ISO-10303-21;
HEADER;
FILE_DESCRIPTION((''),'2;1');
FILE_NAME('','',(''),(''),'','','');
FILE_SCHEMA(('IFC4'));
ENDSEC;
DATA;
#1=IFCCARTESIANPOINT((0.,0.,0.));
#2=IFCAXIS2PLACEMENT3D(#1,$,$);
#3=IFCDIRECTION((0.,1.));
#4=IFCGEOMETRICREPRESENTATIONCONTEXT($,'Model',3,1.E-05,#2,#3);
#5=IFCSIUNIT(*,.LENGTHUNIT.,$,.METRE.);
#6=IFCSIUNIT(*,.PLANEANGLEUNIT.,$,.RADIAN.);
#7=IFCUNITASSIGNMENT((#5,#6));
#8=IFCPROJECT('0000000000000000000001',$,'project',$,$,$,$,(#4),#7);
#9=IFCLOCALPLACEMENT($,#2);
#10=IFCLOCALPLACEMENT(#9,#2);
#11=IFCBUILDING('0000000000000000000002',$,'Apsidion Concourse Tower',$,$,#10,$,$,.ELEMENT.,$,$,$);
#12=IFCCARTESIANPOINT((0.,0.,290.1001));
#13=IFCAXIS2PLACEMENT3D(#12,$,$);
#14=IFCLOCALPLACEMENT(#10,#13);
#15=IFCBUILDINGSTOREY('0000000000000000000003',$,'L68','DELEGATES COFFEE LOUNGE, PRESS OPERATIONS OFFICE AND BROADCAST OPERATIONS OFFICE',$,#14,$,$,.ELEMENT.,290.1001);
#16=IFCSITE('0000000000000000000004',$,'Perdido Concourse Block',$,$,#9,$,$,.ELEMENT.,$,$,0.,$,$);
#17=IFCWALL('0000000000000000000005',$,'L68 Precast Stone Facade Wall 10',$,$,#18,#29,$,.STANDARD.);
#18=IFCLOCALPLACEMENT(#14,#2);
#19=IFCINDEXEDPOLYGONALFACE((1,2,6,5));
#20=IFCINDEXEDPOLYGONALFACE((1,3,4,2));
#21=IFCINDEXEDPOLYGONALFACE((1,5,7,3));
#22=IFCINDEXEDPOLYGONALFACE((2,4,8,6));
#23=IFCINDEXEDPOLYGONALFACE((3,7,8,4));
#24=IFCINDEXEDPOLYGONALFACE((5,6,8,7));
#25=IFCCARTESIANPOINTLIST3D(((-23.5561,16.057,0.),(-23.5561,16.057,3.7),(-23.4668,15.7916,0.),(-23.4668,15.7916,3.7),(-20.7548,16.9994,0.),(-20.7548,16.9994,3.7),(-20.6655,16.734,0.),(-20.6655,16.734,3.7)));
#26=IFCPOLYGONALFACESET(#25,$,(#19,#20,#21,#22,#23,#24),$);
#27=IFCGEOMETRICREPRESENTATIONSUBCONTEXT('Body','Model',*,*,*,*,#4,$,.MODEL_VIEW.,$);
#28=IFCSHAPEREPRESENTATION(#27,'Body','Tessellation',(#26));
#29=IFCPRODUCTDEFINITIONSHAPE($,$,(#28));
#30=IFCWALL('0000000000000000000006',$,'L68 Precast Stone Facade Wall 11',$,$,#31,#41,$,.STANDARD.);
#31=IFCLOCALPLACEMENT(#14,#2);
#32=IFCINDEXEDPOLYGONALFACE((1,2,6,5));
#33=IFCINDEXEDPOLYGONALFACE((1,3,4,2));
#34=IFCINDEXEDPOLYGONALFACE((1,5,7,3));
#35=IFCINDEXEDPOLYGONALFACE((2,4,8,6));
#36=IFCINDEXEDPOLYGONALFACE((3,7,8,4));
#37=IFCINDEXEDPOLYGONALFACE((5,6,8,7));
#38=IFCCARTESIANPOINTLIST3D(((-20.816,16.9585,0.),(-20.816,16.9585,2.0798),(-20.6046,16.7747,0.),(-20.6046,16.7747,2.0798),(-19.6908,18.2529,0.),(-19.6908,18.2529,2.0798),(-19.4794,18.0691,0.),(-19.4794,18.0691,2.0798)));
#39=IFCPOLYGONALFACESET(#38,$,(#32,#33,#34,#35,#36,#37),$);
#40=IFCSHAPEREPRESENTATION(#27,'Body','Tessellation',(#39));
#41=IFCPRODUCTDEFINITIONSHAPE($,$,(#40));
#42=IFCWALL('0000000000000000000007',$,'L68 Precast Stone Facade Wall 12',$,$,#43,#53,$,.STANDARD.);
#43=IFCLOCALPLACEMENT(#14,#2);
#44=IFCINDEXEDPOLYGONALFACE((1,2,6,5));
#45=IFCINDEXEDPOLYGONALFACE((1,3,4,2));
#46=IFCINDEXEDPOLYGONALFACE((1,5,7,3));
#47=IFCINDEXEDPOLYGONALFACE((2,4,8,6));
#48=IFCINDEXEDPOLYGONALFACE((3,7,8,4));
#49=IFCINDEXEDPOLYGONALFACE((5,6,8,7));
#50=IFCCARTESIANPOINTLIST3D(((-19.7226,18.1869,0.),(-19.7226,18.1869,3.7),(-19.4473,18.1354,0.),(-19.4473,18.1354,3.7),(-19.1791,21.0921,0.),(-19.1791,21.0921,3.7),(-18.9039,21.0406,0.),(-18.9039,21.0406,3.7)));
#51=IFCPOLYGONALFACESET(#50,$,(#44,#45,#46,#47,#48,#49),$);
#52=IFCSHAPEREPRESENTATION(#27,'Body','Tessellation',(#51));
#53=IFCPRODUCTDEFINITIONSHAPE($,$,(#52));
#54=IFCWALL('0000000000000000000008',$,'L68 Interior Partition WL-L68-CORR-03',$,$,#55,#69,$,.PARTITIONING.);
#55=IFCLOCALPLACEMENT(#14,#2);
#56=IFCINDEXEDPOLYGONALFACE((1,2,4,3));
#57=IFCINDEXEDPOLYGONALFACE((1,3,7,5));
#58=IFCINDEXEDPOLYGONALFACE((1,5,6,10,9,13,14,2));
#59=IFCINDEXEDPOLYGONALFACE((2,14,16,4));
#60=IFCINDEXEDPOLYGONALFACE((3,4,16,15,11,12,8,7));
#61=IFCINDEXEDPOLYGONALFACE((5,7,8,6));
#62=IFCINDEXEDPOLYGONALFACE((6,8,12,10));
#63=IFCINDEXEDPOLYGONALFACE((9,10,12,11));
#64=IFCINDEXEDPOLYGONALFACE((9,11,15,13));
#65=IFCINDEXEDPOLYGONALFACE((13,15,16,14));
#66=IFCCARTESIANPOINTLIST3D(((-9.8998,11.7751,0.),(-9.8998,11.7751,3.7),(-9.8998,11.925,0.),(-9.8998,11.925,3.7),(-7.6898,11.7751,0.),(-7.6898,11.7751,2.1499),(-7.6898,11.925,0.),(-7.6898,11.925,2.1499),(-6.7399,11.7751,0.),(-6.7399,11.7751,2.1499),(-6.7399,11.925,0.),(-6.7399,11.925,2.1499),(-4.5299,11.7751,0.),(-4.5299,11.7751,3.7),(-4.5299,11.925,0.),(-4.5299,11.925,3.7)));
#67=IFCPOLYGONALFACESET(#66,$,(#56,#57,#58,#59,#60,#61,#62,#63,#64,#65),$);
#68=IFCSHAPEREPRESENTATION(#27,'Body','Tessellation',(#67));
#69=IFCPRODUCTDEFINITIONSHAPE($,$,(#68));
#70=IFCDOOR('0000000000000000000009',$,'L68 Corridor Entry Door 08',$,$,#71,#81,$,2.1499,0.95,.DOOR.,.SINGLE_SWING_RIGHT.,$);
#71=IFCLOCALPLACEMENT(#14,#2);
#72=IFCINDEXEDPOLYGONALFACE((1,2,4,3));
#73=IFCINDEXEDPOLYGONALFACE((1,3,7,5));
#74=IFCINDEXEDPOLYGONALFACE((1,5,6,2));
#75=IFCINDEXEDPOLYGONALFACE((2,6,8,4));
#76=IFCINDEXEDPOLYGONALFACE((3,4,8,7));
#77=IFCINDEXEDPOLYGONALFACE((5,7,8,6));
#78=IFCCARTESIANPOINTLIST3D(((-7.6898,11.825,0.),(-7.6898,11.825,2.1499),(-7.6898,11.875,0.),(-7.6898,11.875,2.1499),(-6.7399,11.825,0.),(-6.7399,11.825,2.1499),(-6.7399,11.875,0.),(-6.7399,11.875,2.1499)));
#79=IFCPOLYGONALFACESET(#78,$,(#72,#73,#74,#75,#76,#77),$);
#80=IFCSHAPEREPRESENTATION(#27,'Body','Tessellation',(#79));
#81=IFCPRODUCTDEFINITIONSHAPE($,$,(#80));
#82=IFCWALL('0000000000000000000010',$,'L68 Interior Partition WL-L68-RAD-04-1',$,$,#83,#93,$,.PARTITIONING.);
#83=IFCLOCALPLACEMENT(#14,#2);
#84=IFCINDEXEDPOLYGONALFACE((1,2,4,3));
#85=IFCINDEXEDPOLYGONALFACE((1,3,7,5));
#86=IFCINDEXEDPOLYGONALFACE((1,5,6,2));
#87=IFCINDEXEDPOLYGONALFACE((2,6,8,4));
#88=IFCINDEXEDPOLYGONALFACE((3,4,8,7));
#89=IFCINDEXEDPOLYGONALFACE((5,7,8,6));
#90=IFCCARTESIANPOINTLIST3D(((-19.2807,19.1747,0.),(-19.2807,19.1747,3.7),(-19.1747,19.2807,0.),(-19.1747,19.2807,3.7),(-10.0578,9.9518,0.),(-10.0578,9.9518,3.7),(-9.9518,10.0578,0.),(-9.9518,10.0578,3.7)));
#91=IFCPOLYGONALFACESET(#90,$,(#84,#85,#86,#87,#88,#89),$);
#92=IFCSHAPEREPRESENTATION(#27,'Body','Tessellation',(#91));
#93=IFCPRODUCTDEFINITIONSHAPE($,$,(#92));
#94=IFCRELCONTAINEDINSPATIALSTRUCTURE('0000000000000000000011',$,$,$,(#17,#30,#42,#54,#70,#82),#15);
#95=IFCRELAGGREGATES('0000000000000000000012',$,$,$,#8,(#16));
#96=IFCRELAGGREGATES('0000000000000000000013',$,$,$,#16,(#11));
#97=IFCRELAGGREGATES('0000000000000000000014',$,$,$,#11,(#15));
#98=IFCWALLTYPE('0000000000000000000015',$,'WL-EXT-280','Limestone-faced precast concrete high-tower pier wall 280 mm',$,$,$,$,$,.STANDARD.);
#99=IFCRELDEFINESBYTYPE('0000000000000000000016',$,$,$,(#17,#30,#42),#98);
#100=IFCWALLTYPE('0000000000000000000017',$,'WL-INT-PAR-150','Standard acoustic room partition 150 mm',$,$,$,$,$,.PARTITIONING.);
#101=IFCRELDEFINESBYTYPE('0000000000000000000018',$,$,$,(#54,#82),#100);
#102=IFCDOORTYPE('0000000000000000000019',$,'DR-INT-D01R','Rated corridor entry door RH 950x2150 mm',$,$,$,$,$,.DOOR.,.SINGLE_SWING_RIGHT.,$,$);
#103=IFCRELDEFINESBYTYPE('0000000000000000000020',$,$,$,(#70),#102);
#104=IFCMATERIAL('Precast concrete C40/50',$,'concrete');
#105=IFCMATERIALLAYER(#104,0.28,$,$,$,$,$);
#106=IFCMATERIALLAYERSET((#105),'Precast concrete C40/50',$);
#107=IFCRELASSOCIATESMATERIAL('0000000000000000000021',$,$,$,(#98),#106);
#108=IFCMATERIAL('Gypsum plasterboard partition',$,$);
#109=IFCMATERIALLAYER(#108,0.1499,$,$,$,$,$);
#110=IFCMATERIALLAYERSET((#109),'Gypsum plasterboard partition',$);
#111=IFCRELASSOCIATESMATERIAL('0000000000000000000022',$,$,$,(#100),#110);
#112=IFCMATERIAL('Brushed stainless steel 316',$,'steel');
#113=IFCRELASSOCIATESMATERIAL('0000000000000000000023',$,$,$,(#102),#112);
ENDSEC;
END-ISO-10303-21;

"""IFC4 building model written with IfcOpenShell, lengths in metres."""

from ifc_helpers import new_model, si_unit, direction, frame, frame_2d, origin, place, context, subcontext, project, spatial, rectangle, extrude, material, layer, layer_set, type_object, element, fill, save


model = new_model("IFC4")

# Units and contexts
model_context = context("Model", 3, precision=1e-05, world=origin(), true_north=direction((0.0, 1.0)))
body_context = subcontext(model_context, "Body", "Model", "MODEL_VIEW")
ifc_project = project(units=[si_unit("LENGTHUNIT", "METRE"), si_unit("PLANEANGLEUNIT", "RADIAN")], contexts=[model_context])

# Site, building, storey
site_placement = place(None, origin())
site = spatial("IfcSite", under=ifc_project, at=site_placement, Name="Perdido Concourse Block", CompositionType="ELEMENT", RefElevation=0.0)
building_placement = place(site_placement, origin())
building = spatial("IfcBuilding", under=site, at=building_placement, Name="Apsidion Concourse Tower", CompositionType="ELEMENT")
storey_placement = place(building_placement, frame((0.0, 0.0, 290.1001)))
storey = spatial("IfcBuildingStorey", under=building, at=storey_placement, Name="L68", Description="DELEGATES COFFEE LOUNGE, PRESS OPERATIONS OFFICE AND BROADCAST OPERATIONS OFFICE", CompositionType="ELEMENT", Elevation=290.1001)

# Shared definitions
ifc_material_1 = material(Name="Precast concrete C40/50", Category="concrete")
ifc_layer_1 = layer(ifc_material_1, 0.28)
ifc_layer_set_1 = layer_set([ifc_layer_1], Name="Precast concrete C40/50")
wall_type_1 = type_object("IfcWallType", Name="WL-EXT-280", Description="Limestone-faced precast concrete high-tower pier wall 280 mm", PredefinedType="STANDARD", material=ifc_layer_set_1)

# Walls
wall_1_placement = place(storey_placement, frame((-23.5115, 15.9243, 0.0), z_axis=(0.0, 0.0, 1.0), x_axis=(0.947804, 0.318853, 0.0)))
element("IfcWall", 1, at=wall_1_placement, inside=storey, type_object=wall_type_1, Name="L68 Precast Stone Facade Wall 10", PredefinedType="STANDARD", context=body_context, shape_type="SweptSolid", body=[
    extrude(rectangle(XDim=2.9556, YDim=0.28, at=frame_2d((1.4778, 0.0))), origin(), (0.0, 0.0, 1.0), 3.7),
])
wall_2_placement = place(storey_placement, frame((-20.7102, 16.8667, 0.0), z_axis=(0.0, 0.0, 1.0), x_axis=(0.656062, 0.754707, 0.0)))
element("IfcWall", 2, at=wall_2_placement, inside=storey, type_object=wall_type_1, Name="L68 Precast Stone Facade Wall 11", PredefinedType="STANDARD", context=body_context, shape_type="SweptSolid", body=[
    extrude(rectangle(XDim=1.7151, YDim=0.28, at=frame_2d((0.8574, 0.0))), origin(), (0.0, 0.0, 1.0), 2.0798),
])
wall_3_placement = place(storey_placement, frame((-19.585, 18.1611, 0.0), z_axis=(0.0, 0.0, 1.0), x_axis=(0.18387, 0.982951, 0.0)))
element("IfcWall", 3, at=wall_3_placement, inside=storey, type_object=wall_type_1, Name="L68 Precast Stone Facade Wall 12", PredefinedType="STANDARD", context=body_context, shape_type="SweptSolid", body=[
    extrude(rectangle(XDim=2.9556, YDim=0.28, at=frame_2d((1.4778, 0.0))), origin(), (0.0, 0.0, 1.0), 3.7),
])

# Wall, opening, door
ifc_material_2 = material(Name="Gypsum plasterboard partition")
ifc_layer_2 = layer(ifc_material_2, 0.1499)
ifc_layer_set_2 = layer_set([ifc_layer_2], Name="Gypsum plasterboard partition")
wall_type_2 = type_object("IfcWallType", Name="WL-INT-PAR-150", Description="Standard acoustic room partition 150 mm", PredefinedType="PARTITIONING", material=ifc_layer_set_2)
wall_4_placement = place(storey_placement, frame((-9.8999, 11.8501, 0.0), z_axis=(0.0, 0.0, 1.0), x_axis=(1.0, 0.0, 0.0)))
wall_4 = element("IfcWall", 4, at=wall_4_placement, inside=storey, type_object=wall_type_2, Name="L68 Interior Partition WL-L68-CORR-03", PredefinedType="PARTITIONING", context=body_context, shape_type="SweptSolid", body=[
    extrude(rectangle(XDim=5.3699, YDim=0.1499, at=frame_2d((2.6851, 0.0))), origin(), (0.0, 0.0, 1.0), 3.7),
])
opening_1_placement = place(wall_4_placement, frame((2.21, 0.0, 0.0)))
opening_1 = element("IfcOpeningElement", 5, at=opening_1_placement, cuts=wall_4, PredefinedType="OPENING", context=body_context, shape_type="SweptSolid", body=[
    extrude(rectangle(XDim=0.95, YDim=2.1499, at=frame_2d((0.4751, 1.075))), frame((0.0, 0.085, 0.0), z_axis=(0.0, -1.0, 0.0), x_axis=(1.0, 0.0, 0.0)), (0.0, 0.0, 1.0), 0.1699),
])
ifc_material_3 = material(Name="Brushed stainless steel 316", Category="steel")
door_type_1 = type_object("IfcDoorType", Name="DR-INT-D01R", Description="Rated corridor entry door RH 950x2150 mm", OperationType="SINGLE_SWING_RIGHT", PredefinedType="DOOR", material=ifc_material_3)
door_1_placement = place(opening_1_placement, origin())
door_1 = element("IfcDoor", 6, at=door_1_placement, inside=storey, type_object=door_type_1, Name="L68 Corridor Entry Door 08", OperationType="SINGLE_SWING_RIGHT", OverallHeight=2.1499, OverallWidth=0.95, PredefinedType="DOOR", context=body_context, shape_type="SweptSolid", body=[
    extrude(rectangle(XDim=0.95, YDim=2.1499, at=frame_2d((0.4751, 1.075))), frame((0.0, 0.0249, 0.0), z_axis=(0.0, -1.0, 0.0), x_axis=(1.0, 0.0, 0.0)), (0.0, 0.0, 1.0), 0.05),
])
fill(opening_1, door_1)

# Wall
wall_5_placement = place(storey_placement, frame((-10.0049, 10.0049, 0.0), z_axis=(0.0, 0.0, 1.0), x_axis=(-0.707107, 0.707107, 0.0)))
element("IfcWall", 7, at=wall_5_placement, inside=storey, type_object=wall_type_2, Name="L68 Interior Partition WL-L68-RAD-04-1", PredefinedType="PARTITIONING", context=body_context, shape_type="SweptSolid", body=[
    extrude(rectangle(XDim=13.0432, YDim=0.1499, at=frame_2d((6.5215, 0.0))), origin(), (0.0, 0.0, 1.0), 3.7),
])

save(model, "model.ifc")
